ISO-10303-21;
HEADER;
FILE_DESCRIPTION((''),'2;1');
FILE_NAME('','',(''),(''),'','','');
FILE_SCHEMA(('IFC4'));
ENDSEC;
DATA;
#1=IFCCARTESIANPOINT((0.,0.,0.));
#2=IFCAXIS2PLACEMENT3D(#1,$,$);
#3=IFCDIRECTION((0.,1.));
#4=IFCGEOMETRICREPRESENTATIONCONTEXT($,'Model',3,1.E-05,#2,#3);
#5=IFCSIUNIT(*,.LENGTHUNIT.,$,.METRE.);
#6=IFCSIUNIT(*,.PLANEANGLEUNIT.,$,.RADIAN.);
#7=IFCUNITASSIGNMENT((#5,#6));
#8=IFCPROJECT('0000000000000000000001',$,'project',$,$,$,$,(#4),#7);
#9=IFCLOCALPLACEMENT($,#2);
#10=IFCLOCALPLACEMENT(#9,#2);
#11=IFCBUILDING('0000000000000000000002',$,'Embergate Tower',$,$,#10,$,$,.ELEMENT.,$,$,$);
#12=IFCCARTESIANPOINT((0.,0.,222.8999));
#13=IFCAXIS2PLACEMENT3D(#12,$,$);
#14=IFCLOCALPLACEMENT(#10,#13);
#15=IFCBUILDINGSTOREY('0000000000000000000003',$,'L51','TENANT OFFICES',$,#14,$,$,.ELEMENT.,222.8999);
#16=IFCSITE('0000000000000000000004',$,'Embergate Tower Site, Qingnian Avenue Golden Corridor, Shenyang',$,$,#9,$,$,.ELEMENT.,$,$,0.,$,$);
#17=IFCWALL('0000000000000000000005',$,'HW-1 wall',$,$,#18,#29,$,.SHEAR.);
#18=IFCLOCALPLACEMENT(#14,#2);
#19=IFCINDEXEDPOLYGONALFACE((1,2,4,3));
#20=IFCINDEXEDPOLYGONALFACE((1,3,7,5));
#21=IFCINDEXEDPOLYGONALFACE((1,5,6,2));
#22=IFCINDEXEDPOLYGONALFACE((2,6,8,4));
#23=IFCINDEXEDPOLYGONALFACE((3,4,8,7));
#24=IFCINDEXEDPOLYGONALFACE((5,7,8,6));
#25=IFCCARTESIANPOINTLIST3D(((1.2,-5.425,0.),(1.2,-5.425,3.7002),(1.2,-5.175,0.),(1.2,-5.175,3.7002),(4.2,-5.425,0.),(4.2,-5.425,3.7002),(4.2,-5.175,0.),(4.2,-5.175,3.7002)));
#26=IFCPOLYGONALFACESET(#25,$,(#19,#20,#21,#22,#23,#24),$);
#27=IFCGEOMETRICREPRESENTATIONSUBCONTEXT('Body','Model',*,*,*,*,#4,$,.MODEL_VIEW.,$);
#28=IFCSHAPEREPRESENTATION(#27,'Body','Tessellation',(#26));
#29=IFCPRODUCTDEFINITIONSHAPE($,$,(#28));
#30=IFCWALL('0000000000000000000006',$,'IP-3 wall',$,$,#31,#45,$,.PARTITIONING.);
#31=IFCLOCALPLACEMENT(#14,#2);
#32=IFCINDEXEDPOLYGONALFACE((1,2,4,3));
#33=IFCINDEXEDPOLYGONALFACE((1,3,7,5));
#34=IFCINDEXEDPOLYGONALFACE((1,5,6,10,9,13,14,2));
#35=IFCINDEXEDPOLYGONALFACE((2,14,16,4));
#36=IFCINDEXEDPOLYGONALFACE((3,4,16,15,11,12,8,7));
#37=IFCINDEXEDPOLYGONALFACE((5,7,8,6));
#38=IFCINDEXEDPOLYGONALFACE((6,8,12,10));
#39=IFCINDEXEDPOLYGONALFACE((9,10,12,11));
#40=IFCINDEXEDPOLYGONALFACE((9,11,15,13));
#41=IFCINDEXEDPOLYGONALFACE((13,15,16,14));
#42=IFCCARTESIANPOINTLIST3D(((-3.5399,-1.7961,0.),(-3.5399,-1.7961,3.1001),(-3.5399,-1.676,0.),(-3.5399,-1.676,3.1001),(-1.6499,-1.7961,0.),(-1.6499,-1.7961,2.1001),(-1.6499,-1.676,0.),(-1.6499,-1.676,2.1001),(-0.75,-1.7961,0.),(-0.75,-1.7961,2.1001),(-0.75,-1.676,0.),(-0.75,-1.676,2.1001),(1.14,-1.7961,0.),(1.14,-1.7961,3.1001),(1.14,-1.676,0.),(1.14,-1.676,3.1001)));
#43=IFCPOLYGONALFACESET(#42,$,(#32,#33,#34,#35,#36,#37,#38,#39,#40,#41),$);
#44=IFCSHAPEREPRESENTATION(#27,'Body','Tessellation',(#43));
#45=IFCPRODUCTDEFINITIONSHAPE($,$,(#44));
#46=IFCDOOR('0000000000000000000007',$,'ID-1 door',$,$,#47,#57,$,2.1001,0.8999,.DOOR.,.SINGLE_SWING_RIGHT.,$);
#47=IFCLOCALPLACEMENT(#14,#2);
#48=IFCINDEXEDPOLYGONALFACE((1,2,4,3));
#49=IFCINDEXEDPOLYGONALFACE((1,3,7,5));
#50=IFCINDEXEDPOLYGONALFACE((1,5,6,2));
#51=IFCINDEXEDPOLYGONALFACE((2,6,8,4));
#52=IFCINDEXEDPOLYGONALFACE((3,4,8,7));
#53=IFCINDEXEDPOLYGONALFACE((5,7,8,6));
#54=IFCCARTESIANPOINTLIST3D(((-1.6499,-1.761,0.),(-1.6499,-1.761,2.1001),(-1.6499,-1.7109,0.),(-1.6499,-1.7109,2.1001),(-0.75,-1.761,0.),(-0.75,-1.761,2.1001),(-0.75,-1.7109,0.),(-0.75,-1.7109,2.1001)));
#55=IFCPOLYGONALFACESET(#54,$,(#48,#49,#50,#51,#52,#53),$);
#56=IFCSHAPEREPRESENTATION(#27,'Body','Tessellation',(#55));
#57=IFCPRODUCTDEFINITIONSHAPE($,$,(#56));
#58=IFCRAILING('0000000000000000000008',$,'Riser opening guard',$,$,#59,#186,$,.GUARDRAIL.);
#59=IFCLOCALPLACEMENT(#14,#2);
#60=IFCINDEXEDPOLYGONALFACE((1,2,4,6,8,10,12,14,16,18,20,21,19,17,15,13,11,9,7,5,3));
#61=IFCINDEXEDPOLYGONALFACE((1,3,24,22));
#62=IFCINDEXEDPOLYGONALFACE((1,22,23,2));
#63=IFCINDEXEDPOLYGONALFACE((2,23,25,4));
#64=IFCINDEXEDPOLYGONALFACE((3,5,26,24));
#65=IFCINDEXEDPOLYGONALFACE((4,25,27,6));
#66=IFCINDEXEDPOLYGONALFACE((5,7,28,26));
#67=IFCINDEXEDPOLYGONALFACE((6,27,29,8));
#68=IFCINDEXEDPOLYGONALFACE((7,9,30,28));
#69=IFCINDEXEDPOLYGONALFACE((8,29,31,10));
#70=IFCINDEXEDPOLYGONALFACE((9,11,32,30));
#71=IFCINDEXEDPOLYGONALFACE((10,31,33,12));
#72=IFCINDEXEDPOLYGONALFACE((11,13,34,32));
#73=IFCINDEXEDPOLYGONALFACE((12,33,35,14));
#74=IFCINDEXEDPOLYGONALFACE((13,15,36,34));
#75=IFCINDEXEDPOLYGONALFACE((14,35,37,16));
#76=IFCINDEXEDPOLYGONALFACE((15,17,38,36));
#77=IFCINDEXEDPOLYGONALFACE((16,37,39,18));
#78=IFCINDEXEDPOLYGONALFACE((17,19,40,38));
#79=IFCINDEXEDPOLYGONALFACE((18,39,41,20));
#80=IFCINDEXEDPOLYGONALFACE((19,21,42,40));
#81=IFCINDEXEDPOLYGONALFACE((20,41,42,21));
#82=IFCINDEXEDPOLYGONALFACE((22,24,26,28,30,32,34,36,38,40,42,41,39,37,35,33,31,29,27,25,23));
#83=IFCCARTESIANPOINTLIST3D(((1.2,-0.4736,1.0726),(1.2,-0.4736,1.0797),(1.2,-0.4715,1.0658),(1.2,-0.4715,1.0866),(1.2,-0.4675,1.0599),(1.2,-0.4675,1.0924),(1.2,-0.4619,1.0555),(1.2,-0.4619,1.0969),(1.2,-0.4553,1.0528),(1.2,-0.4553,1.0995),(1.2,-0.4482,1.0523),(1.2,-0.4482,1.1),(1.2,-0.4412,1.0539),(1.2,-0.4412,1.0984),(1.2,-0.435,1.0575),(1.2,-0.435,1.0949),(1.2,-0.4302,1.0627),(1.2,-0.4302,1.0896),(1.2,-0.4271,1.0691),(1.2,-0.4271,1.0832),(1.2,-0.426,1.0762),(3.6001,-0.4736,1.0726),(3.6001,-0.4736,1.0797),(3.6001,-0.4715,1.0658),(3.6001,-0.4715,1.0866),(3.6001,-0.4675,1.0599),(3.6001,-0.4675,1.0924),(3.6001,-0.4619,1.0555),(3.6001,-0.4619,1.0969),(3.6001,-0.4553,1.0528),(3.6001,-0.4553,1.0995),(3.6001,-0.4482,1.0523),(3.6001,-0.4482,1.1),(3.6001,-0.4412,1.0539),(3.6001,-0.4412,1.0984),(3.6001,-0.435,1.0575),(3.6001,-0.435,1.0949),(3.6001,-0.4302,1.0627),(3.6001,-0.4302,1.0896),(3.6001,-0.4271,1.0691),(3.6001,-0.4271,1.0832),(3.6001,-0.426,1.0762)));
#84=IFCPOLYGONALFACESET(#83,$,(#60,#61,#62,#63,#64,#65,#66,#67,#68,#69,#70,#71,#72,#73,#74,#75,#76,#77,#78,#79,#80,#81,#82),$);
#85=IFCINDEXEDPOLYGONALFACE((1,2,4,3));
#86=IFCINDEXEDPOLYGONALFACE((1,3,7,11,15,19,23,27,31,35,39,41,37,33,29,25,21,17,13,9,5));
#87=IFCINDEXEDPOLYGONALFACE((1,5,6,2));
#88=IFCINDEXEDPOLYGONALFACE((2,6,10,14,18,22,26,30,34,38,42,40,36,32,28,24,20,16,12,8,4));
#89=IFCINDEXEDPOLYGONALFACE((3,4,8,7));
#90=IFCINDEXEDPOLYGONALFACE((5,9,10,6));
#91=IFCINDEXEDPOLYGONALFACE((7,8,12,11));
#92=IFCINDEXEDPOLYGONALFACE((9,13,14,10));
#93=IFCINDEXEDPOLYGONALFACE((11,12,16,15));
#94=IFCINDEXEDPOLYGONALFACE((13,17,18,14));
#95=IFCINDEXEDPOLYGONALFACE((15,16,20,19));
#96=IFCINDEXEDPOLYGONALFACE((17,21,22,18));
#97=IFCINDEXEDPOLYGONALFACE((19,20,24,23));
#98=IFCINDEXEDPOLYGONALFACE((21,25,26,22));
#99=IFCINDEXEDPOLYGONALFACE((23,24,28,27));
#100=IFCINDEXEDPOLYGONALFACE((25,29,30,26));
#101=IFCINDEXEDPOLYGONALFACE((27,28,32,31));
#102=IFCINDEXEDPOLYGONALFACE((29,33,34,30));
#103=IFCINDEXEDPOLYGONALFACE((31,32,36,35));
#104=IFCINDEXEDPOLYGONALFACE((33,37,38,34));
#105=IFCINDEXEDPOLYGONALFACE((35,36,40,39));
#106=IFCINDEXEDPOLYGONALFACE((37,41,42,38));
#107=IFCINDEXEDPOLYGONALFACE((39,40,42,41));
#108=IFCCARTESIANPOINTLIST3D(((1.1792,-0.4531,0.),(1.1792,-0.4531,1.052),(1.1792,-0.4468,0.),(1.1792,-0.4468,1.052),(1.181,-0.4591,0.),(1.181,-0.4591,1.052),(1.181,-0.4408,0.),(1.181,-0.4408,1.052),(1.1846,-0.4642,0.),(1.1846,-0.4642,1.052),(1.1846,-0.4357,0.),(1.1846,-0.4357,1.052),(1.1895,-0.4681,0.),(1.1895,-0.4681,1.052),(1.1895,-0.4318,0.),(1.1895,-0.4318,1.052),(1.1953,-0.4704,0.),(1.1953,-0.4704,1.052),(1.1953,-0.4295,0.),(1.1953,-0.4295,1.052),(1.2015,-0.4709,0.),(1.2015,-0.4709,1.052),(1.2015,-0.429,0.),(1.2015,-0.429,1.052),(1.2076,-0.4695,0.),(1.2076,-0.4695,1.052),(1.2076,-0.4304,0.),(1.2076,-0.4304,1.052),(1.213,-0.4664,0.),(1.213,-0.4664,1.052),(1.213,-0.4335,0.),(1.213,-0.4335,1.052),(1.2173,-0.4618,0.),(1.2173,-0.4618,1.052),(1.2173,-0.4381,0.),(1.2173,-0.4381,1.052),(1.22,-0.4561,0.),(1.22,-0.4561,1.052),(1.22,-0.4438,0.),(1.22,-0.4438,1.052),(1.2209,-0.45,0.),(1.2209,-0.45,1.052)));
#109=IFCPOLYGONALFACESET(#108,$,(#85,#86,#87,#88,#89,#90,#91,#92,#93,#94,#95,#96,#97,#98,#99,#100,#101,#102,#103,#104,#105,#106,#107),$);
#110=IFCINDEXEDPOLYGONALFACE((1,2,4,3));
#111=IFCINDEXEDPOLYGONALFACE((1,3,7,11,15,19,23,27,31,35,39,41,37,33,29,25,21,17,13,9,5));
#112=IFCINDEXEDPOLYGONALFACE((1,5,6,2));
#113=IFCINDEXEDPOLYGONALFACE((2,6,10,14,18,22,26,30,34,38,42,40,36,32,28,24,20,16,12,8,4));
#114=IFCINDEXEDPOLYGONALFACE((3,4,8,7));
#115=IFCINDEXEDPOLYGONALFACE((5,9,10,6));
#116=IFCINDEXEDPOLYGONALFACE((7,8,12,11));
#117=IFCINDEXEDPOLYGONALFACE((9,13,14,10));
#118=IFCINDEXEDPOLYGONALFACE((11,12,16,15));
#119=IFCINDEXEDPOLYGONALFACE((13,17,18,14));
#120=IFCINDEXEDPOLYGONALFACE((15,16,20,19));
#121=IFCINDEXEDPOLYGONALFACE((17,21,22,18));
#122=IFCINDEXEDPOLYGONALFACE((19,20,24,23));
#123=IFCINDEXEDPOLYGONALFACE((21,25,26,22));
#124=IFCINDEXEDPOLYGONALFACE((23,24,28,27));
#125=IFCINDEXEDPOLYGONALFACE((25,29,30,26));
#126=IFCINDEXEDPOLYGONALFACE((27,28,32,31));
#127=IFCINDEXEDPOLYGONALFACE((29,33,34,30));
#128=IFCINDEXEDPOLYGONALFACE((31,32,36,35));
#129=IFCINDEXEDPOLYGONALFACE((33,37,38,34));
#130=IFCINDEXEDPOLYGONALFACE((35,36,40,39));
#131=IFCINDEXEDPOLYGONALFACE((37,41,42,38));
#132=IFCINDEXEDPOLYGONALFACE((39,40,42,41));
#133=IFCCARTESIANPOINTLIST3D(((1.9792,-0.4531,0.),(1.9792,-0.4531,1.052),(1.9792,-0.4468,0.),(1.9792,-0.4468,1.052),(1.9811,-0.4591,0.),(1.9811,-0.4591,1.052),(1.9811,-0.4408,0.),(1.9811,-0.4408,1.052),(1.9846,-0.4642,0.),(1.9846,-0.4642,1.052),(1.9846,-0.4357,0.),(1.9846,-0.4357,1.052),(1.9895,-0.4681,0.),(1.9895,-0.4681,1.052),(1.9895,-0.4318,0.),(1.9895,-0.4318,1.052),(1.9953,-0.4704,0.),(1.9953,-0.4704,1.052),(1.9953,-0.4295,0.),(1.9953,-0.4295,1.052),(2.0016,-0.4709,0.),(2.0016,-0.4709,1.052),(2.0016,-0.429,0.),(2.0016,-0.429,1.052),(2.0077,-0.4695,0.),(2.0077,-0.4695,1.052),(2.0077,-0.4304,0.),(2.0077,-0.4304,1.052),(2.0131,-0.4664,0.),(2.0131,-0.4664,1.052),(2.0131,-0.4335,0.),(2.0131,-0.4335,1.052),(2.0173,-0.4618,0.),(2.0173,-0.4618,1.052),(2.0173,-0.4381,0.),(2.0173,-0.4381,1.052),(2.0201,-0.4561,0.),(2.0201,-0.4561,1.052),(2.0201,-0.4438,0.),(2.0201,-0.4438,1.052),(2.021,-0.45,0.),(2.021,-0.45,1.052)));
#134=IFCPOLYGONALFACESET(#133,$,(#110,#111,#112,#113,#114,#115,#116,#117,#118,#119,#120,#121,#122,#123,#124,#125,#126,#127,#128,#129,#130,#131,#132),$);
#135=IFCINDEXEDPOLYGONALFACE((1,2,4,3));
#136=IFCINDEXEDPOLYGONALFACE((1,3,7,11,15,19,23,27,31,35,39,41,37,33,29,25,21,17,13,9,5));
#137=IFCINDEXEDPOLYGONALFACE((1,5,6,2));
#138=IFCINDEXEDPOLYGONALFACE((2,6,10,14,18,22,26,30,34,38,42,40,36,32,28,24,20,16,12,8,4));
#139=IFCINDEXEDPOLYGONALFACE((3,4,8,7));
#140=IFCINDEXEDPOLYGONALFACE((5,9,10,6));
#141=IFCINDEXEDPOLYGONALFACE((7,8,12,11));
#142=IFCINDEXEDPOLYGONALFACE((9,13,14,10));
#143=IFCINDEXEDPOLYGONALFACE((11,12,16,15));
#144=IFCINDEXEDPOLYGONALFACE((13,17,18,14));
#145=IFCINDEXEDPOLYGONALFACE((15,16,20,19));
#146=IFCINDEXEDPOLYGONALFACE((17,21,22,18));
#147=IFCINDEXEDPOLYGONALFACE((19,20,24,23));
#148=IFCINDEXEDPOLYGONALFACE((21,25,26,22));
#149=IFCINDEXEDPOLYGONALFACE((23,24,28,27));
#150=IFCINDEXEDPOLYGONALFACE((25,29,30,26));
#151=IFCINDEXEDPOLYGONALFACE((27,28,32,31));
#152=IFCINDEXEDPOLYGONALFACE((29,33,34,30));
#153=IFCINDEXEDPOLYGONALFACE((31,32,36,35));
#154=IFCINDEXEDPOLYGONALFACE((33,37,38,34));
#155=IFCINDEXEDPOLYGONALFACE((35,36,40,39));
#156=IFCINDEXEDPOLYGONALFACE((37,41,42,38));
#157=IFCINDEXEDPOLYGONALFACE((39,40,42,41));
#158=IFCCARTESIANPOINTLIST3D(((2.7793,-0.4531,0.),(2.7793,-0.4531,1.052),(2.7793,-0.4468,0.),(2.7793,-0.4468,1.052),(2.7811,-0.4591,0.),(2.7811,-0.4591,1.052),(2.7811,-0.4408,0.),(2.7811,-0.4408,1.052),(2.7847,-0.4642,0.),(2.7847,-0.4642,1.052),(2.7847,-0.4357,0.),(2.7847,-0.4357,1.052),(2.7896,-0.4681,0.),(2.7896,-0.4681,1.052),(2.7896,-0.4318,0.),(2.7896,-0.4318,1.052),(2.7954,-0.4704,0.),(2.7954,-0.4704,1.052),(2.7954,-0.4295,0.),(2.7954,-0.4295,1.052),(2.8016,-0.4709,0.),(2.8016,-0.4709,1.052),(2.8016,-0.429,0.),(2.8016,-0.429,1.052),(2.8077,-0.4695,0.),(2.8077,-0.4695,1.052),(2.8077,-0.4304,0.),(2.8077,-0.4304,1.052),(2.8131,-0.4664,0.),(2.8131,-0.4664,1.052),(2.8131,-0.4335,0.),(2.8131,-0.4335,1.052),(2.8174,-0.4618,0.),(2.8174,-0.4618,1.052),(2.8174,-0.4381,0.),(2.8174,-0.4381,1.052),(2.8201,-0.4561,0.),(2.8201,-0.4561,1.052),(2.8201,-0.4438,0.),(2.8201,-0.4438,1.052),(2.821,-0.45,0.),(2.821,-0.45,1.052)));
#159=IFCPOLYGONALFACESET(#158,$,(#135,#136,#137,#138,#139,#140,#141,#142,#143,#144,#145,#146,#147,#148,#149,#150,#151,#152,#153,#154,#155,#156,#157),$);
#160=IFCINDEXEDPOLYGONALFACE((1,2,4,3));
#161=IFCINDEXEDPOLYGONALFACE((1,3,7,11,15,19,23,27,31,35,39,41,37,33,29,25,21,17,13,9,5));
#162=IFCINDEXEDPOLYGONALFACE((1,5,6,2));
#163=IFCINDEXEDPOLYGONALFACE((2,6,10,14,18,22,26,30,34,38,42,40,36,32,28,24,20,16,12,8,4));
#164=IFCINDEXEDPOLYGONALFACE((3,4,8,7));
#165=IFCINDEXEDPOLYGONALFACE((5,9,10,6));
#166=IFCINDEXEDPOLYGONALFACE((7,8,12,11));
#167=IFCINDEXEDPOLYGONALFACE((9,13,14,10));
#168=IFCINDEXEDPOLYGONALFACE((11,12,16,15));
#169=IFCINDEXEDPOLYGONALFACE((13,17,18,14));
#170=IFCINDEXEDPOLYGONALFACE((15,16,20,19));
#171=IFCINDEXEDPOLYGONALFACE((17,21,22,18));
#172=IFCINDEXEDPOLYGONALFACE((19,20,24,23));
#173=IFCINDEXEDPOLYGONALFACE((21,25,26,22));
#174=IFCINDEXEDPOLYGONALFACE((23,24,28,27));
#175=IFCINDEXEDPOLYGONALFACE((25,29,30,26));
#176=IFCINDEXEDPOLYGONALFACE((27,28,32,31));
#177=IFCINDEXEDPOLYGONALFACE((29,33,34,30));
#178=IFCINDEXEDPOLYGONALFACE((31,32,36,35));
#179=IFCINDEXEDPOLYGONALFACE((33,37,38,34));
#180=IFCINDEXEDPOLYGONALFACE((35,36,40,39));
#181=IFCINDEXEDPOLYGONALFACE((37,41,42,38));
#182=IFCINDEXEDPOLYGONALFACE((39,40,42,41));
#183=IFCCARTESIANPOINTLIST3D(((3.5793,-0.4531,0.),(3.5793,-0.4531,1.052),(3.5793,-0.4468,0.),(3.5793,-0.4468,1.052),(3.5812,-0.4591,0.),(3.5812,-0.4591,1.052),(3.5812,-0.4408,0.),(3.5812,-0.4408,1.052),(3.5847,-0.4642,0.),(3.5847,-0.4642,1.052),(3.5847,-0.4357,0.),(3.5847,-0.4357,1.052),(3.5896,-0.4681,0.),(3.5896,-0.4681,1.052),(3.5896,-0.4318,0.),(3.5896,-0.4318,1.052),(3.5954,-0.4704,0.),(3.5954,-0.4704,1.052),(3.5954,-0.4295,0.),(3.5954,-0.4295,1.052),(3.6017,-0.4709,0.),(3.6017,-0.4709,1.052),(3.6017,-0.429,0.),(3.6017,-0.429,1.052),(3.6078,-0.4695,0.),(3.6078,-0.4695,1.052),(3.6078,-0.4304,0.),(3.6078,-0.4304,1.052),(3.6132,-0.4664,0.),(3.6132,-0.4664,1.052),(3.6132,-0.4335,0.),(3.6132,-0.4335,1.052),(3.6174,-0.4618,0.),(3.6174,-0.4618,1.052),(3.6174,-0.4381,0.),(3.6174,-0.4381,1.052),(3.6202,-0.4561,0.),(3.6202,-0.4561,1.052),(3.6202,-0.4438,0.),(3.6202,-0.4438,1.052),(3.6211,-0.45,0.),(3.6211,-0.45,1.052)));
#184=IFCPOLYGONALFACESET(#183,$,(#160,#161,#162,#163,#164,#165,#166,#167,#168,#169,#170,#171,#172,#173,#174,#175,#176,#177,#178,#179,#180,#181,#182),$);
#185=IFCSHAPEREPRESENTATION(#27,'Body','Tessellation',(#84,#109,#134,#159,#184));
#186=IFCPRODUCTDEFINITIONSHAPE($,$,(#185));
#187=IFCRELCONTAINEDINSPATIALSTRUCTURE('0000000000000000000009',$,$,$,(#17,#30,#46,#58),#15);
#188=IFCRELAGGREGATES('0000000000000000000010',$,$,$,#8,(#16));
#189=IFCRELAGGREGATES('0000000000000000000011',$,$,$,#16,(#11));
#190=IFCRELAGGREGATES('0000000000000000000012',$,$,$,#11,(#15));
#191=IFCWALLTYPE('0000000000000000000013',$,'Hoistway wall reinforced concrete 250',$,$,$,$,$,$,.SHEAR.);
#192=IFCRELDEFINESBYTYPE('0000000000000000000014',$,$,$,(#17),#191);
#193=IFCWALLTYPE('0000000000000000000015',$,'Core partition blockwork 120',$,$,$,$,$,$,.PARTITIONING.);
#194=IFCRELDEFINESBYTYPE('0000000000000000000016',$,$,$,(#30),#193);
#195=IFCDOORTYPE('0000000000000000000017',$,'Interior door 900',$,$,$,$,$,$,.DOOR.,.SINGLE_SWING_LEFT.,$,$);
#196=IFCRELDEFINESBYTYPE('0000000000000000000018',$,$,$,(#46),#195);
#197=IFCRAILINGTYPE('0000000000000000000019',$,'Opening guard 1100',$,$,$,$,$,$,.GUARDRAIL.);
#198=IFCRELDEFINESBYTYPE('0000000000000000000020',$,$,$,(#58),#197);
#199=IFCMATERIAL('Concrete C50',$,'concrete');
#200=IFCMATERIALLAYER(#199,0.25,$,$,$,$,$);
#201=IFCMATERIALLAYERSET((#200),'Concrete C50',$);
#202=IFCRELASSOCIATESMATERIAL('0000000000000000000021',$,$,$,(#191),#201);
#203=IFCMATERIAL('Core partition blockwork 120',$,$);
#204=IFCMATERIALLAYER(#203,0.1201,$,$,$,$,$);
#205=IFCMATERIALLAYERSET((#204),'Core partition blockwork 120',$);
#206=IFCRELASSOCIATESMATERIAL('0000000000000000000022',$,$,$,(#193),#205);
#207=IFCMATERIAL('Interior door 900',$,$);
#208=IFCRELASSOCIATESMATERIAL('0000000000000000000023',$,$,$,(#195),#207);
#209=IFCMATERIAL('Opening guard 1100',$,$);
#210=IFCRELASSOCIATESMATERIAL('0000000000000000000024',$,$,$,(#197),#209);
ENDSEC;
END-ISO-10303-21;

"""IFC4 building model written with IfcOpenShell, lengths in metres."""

from ifc_helpers import new_model, si_unit, direction, frame, frame_2d, origin, origin_2d, place, context, subcontext, project, spatial, rectangle, circle, extrude, source, transform, mapped, material, layer, layer_set, type_object, element, fill, save


model = new_model("IFC4")

# Units and contexts
model_context = context("Model", 3, precision=1e-05, world=origin(), true_north=direction((0.0, 1.0)))
body_context = subcontext(model_context, "Body", "Model", "MODEL_VIEW")
ifc_project = project(units=[si_unit("LENGTHUNIT", "METRE"), si_unit("PLANEANGLEUNIT", "RADIAN")], contexts=[model_context])

# Site, building, storey
site_placement = place(None, origin())
site = spatial("IfcSite", under=ifc_project, at=site_placement, Name="Embergate Tower Site, Qingnian Avenue Golden Corridor, Shenyang", CompositionType="ELEMENT", RefElevation=0.0)
building_placement = place(site_placement, origin())
building = spatial("IfcBuilding", under=site, at=building_placement, Name="Embergate Tower", CompositionType="ELEMENT")
storey_placement = place(building_placement, frame((0.0, 0.0, 222.8999)))
storey = spatial("IfcBuildingStorey", under=building, at=storey_placement, Name="L51", Description="TENANT OFFICES", CompositionType="ELEMENT", Elevation=222.8999)

# Shared definitions
ifc_material_1 = material(Name="Concrete C50", Category="concrete")
ifc_layer_1 = layer(ifc_material_1, 0.25)
ifc_layer_set_1 = layer_set([ifc_layer_1], Name="Concrete C50")
wall_type_1 = type_object("IfcWallType", Name="Hoistway wall reinforced concrete 250", PredefinedType="SHEAR", material=ifc_layer_set_1)

# Shared definitions
ifc_material_2 = material(Name="Core partition blockwork 120")
ifc_layer_2 = layer(ifc_material_2, 0.1201)
ifc_layer_set_2 = layer_set([ifc_layer_2], Name="Core partition blockwork 120")
wall_type_2 = type_object("IfcWallType", Name="Core partition blockwork 120", PredefinedType="PARTITIONING", material=ifc_layer_set_2)

# Shared definitions
shared_shape_1 = source(origin(), body_context, "Body", "SweptSolid", [
    extrude(rectangle(XDim=0.8999, YDim=2.1001, at=frame_2d((0.45, 1.05))), frame((0.0, 0.0701, 0.0), z_axis=(0.0, -1.0, 0.0), x_axis=(1.0, 0.0, 0.0)), (0.0, 0.0, 1.0), 0.1401),
])
ifc_material_3 = material(Name="Interior door 900")
door_type_1 = type_object("IfcDoorType", Name="Interior door 900", OperationType="SINGLE_SWING_LEFT", PredefinedType="DOOR", material=ifc_material_3)
shared_shape_2 = source(origin(), body_context, "Body", "SweptSolid", [
    extrude(rectangle(XDim=0.8999, YDim=2.1001, at=frame_2d((0.45, 1.05))), frame((0.0, 0.0249, 0.0), z_axis=(0.0, -1.0, 0.0), x_axis=(1.0, 0.0, 0.0)), (0.0, 0.0, 1.0), 0.05),
])

# Wall
shared_shape_3 = source(origin(), body_context, "Body", "SweptSolid", [
    extrude(rectangle(XDim=3.0, YDim=0.25, at=frame_2d((1.5, 0.0))), origin(), (0.0, 0.0, 1.0), 3.7002),
])
wall_1_placement = place(storey_placement, frame((1.2, -5.3, 0.0), z_axis=(0.0, 0.0, 1.0), x_axis=(1.0, 0.0, 0.0)))
element("IfcWall", 1, at=wall_1_placement, inside=storey, type_object=wall_type_1, Name="HW-1 wall", PredefinedType="SHEAR", context=body_context, shape_type="MappedRepresentation", body=[
    mapped(shared_shape_3, transform((0.0, 0.0, 0.0))),
])

# Wall, opening, door
shared_shape_4 = source(origin(), body_context, "Body", "SweptSolid", [
    extrude(rectangle(XDim=4.6799, YDim=0.1201, at=frame_2d((2.3398, 0.0))), origin(), (0.0, 0.0, 1.0), 3.1001),
])
wall_2_placement = place(storey_placement, frame((1.1399, -1.7361, 0.0), z_axis=(0.0, 0.0, 1.0), x_axis=(-1.0, 0.0, 0.0)))
wall_2 = element("IfcWall", 2, at=wall_2_placement, inside=storey, type_object=wall_type_2, Name="IP-3 wall", PredefinedType="PARTITIONING", context=body_context, shape_type="MappedRepresentation", body=[
    mapped(shared_shape_4, transform((0.0, 0.0, 0.0))),
])
opening_1_placement = place(wall_2_placement, frame((1.8899, 0.0, 0.0)))
opening_1 = element("IfcOpeningElement", 3, at=opening_1_placement, cuts=wall_2, PredefinedType="OPENING", context=body_context, shape_type="MappedRepresentation", body=[
    mapped(shared_shape_1, transform((0.0, 0.0, 0.0))),
])
door_1_placement = place(opening_1_placement, origin())
door_1 = element("IfcDoor", 4, at=door_1_placement, inside=storey, type_object=door_type_1, Name="ID-1 door", OperationType="SINGLE_SWING_RIGHT", OverallHeight=2.1001, OverallWidth=0.8999, PredefinedType="DOOR", context=body_context, shape_type="MappedRepresentation", body=[
    mapped(shared_shape_2, transform((0.0, 0.0, 0.0))),
])
fill(opening_1, door_1)

# Railing
ifc_material_4 = material(Name="Opening guard 1100")
railing_type_1 = type_object("IfcRailingType", Name="Opening guard 1100", PredefinedType="GUARDRAIL", material=ifc_material_4)
shared_shape_5 = source(origin(), body_context, "Body", "SweptSolid", [
    extrude(circle(Radius=0.0239, at=origin_2d()), frame((0.0, 0.0, 1.0762), z_axis=(1.0, 0.0, 0.0), x_axis=(0.0, 1.0, 0.0)), (0.0, 0.0, 1.0), 2.4001),
    extrude(circle(Radius=0.021, at=origin_2d()), origin(), (0.0, 0.0, 1.0), 1.052),
    extrude(circle(Radius=0.021, at=origin_2d()), frame((0.8, 0.0, 0.0)), (0.0, 0.0, 1.0), 1.052),
    extrude(circle(Radius=0.021, at=origin_2d()), frame((1.6001, 0.0, 0.0)), (0.0, 0.0, 1.0), 1.052),
    extrude(circle(Radius=0.021, at=origin_2d()), frame((2.4001, 0.0, 0.0)), (0.0, 0.0, 1.0), 1.052),
])
railing_1_placement = place(storey_placement, frame((1.2, -0.45, 0.0)))
element("IfcRailing", 5, at=railing_1_placement, inside=storey, type_object=railing_type_1, Name="Riser opening guard", PredefinedType="GUARDRAIL", context=body_context, shape_type="MappedRepresentation", body=[
    mapped(shared_shape_5, transform((0.0, 0.0, 0.0))),
])

save(model, "model.ifc")
